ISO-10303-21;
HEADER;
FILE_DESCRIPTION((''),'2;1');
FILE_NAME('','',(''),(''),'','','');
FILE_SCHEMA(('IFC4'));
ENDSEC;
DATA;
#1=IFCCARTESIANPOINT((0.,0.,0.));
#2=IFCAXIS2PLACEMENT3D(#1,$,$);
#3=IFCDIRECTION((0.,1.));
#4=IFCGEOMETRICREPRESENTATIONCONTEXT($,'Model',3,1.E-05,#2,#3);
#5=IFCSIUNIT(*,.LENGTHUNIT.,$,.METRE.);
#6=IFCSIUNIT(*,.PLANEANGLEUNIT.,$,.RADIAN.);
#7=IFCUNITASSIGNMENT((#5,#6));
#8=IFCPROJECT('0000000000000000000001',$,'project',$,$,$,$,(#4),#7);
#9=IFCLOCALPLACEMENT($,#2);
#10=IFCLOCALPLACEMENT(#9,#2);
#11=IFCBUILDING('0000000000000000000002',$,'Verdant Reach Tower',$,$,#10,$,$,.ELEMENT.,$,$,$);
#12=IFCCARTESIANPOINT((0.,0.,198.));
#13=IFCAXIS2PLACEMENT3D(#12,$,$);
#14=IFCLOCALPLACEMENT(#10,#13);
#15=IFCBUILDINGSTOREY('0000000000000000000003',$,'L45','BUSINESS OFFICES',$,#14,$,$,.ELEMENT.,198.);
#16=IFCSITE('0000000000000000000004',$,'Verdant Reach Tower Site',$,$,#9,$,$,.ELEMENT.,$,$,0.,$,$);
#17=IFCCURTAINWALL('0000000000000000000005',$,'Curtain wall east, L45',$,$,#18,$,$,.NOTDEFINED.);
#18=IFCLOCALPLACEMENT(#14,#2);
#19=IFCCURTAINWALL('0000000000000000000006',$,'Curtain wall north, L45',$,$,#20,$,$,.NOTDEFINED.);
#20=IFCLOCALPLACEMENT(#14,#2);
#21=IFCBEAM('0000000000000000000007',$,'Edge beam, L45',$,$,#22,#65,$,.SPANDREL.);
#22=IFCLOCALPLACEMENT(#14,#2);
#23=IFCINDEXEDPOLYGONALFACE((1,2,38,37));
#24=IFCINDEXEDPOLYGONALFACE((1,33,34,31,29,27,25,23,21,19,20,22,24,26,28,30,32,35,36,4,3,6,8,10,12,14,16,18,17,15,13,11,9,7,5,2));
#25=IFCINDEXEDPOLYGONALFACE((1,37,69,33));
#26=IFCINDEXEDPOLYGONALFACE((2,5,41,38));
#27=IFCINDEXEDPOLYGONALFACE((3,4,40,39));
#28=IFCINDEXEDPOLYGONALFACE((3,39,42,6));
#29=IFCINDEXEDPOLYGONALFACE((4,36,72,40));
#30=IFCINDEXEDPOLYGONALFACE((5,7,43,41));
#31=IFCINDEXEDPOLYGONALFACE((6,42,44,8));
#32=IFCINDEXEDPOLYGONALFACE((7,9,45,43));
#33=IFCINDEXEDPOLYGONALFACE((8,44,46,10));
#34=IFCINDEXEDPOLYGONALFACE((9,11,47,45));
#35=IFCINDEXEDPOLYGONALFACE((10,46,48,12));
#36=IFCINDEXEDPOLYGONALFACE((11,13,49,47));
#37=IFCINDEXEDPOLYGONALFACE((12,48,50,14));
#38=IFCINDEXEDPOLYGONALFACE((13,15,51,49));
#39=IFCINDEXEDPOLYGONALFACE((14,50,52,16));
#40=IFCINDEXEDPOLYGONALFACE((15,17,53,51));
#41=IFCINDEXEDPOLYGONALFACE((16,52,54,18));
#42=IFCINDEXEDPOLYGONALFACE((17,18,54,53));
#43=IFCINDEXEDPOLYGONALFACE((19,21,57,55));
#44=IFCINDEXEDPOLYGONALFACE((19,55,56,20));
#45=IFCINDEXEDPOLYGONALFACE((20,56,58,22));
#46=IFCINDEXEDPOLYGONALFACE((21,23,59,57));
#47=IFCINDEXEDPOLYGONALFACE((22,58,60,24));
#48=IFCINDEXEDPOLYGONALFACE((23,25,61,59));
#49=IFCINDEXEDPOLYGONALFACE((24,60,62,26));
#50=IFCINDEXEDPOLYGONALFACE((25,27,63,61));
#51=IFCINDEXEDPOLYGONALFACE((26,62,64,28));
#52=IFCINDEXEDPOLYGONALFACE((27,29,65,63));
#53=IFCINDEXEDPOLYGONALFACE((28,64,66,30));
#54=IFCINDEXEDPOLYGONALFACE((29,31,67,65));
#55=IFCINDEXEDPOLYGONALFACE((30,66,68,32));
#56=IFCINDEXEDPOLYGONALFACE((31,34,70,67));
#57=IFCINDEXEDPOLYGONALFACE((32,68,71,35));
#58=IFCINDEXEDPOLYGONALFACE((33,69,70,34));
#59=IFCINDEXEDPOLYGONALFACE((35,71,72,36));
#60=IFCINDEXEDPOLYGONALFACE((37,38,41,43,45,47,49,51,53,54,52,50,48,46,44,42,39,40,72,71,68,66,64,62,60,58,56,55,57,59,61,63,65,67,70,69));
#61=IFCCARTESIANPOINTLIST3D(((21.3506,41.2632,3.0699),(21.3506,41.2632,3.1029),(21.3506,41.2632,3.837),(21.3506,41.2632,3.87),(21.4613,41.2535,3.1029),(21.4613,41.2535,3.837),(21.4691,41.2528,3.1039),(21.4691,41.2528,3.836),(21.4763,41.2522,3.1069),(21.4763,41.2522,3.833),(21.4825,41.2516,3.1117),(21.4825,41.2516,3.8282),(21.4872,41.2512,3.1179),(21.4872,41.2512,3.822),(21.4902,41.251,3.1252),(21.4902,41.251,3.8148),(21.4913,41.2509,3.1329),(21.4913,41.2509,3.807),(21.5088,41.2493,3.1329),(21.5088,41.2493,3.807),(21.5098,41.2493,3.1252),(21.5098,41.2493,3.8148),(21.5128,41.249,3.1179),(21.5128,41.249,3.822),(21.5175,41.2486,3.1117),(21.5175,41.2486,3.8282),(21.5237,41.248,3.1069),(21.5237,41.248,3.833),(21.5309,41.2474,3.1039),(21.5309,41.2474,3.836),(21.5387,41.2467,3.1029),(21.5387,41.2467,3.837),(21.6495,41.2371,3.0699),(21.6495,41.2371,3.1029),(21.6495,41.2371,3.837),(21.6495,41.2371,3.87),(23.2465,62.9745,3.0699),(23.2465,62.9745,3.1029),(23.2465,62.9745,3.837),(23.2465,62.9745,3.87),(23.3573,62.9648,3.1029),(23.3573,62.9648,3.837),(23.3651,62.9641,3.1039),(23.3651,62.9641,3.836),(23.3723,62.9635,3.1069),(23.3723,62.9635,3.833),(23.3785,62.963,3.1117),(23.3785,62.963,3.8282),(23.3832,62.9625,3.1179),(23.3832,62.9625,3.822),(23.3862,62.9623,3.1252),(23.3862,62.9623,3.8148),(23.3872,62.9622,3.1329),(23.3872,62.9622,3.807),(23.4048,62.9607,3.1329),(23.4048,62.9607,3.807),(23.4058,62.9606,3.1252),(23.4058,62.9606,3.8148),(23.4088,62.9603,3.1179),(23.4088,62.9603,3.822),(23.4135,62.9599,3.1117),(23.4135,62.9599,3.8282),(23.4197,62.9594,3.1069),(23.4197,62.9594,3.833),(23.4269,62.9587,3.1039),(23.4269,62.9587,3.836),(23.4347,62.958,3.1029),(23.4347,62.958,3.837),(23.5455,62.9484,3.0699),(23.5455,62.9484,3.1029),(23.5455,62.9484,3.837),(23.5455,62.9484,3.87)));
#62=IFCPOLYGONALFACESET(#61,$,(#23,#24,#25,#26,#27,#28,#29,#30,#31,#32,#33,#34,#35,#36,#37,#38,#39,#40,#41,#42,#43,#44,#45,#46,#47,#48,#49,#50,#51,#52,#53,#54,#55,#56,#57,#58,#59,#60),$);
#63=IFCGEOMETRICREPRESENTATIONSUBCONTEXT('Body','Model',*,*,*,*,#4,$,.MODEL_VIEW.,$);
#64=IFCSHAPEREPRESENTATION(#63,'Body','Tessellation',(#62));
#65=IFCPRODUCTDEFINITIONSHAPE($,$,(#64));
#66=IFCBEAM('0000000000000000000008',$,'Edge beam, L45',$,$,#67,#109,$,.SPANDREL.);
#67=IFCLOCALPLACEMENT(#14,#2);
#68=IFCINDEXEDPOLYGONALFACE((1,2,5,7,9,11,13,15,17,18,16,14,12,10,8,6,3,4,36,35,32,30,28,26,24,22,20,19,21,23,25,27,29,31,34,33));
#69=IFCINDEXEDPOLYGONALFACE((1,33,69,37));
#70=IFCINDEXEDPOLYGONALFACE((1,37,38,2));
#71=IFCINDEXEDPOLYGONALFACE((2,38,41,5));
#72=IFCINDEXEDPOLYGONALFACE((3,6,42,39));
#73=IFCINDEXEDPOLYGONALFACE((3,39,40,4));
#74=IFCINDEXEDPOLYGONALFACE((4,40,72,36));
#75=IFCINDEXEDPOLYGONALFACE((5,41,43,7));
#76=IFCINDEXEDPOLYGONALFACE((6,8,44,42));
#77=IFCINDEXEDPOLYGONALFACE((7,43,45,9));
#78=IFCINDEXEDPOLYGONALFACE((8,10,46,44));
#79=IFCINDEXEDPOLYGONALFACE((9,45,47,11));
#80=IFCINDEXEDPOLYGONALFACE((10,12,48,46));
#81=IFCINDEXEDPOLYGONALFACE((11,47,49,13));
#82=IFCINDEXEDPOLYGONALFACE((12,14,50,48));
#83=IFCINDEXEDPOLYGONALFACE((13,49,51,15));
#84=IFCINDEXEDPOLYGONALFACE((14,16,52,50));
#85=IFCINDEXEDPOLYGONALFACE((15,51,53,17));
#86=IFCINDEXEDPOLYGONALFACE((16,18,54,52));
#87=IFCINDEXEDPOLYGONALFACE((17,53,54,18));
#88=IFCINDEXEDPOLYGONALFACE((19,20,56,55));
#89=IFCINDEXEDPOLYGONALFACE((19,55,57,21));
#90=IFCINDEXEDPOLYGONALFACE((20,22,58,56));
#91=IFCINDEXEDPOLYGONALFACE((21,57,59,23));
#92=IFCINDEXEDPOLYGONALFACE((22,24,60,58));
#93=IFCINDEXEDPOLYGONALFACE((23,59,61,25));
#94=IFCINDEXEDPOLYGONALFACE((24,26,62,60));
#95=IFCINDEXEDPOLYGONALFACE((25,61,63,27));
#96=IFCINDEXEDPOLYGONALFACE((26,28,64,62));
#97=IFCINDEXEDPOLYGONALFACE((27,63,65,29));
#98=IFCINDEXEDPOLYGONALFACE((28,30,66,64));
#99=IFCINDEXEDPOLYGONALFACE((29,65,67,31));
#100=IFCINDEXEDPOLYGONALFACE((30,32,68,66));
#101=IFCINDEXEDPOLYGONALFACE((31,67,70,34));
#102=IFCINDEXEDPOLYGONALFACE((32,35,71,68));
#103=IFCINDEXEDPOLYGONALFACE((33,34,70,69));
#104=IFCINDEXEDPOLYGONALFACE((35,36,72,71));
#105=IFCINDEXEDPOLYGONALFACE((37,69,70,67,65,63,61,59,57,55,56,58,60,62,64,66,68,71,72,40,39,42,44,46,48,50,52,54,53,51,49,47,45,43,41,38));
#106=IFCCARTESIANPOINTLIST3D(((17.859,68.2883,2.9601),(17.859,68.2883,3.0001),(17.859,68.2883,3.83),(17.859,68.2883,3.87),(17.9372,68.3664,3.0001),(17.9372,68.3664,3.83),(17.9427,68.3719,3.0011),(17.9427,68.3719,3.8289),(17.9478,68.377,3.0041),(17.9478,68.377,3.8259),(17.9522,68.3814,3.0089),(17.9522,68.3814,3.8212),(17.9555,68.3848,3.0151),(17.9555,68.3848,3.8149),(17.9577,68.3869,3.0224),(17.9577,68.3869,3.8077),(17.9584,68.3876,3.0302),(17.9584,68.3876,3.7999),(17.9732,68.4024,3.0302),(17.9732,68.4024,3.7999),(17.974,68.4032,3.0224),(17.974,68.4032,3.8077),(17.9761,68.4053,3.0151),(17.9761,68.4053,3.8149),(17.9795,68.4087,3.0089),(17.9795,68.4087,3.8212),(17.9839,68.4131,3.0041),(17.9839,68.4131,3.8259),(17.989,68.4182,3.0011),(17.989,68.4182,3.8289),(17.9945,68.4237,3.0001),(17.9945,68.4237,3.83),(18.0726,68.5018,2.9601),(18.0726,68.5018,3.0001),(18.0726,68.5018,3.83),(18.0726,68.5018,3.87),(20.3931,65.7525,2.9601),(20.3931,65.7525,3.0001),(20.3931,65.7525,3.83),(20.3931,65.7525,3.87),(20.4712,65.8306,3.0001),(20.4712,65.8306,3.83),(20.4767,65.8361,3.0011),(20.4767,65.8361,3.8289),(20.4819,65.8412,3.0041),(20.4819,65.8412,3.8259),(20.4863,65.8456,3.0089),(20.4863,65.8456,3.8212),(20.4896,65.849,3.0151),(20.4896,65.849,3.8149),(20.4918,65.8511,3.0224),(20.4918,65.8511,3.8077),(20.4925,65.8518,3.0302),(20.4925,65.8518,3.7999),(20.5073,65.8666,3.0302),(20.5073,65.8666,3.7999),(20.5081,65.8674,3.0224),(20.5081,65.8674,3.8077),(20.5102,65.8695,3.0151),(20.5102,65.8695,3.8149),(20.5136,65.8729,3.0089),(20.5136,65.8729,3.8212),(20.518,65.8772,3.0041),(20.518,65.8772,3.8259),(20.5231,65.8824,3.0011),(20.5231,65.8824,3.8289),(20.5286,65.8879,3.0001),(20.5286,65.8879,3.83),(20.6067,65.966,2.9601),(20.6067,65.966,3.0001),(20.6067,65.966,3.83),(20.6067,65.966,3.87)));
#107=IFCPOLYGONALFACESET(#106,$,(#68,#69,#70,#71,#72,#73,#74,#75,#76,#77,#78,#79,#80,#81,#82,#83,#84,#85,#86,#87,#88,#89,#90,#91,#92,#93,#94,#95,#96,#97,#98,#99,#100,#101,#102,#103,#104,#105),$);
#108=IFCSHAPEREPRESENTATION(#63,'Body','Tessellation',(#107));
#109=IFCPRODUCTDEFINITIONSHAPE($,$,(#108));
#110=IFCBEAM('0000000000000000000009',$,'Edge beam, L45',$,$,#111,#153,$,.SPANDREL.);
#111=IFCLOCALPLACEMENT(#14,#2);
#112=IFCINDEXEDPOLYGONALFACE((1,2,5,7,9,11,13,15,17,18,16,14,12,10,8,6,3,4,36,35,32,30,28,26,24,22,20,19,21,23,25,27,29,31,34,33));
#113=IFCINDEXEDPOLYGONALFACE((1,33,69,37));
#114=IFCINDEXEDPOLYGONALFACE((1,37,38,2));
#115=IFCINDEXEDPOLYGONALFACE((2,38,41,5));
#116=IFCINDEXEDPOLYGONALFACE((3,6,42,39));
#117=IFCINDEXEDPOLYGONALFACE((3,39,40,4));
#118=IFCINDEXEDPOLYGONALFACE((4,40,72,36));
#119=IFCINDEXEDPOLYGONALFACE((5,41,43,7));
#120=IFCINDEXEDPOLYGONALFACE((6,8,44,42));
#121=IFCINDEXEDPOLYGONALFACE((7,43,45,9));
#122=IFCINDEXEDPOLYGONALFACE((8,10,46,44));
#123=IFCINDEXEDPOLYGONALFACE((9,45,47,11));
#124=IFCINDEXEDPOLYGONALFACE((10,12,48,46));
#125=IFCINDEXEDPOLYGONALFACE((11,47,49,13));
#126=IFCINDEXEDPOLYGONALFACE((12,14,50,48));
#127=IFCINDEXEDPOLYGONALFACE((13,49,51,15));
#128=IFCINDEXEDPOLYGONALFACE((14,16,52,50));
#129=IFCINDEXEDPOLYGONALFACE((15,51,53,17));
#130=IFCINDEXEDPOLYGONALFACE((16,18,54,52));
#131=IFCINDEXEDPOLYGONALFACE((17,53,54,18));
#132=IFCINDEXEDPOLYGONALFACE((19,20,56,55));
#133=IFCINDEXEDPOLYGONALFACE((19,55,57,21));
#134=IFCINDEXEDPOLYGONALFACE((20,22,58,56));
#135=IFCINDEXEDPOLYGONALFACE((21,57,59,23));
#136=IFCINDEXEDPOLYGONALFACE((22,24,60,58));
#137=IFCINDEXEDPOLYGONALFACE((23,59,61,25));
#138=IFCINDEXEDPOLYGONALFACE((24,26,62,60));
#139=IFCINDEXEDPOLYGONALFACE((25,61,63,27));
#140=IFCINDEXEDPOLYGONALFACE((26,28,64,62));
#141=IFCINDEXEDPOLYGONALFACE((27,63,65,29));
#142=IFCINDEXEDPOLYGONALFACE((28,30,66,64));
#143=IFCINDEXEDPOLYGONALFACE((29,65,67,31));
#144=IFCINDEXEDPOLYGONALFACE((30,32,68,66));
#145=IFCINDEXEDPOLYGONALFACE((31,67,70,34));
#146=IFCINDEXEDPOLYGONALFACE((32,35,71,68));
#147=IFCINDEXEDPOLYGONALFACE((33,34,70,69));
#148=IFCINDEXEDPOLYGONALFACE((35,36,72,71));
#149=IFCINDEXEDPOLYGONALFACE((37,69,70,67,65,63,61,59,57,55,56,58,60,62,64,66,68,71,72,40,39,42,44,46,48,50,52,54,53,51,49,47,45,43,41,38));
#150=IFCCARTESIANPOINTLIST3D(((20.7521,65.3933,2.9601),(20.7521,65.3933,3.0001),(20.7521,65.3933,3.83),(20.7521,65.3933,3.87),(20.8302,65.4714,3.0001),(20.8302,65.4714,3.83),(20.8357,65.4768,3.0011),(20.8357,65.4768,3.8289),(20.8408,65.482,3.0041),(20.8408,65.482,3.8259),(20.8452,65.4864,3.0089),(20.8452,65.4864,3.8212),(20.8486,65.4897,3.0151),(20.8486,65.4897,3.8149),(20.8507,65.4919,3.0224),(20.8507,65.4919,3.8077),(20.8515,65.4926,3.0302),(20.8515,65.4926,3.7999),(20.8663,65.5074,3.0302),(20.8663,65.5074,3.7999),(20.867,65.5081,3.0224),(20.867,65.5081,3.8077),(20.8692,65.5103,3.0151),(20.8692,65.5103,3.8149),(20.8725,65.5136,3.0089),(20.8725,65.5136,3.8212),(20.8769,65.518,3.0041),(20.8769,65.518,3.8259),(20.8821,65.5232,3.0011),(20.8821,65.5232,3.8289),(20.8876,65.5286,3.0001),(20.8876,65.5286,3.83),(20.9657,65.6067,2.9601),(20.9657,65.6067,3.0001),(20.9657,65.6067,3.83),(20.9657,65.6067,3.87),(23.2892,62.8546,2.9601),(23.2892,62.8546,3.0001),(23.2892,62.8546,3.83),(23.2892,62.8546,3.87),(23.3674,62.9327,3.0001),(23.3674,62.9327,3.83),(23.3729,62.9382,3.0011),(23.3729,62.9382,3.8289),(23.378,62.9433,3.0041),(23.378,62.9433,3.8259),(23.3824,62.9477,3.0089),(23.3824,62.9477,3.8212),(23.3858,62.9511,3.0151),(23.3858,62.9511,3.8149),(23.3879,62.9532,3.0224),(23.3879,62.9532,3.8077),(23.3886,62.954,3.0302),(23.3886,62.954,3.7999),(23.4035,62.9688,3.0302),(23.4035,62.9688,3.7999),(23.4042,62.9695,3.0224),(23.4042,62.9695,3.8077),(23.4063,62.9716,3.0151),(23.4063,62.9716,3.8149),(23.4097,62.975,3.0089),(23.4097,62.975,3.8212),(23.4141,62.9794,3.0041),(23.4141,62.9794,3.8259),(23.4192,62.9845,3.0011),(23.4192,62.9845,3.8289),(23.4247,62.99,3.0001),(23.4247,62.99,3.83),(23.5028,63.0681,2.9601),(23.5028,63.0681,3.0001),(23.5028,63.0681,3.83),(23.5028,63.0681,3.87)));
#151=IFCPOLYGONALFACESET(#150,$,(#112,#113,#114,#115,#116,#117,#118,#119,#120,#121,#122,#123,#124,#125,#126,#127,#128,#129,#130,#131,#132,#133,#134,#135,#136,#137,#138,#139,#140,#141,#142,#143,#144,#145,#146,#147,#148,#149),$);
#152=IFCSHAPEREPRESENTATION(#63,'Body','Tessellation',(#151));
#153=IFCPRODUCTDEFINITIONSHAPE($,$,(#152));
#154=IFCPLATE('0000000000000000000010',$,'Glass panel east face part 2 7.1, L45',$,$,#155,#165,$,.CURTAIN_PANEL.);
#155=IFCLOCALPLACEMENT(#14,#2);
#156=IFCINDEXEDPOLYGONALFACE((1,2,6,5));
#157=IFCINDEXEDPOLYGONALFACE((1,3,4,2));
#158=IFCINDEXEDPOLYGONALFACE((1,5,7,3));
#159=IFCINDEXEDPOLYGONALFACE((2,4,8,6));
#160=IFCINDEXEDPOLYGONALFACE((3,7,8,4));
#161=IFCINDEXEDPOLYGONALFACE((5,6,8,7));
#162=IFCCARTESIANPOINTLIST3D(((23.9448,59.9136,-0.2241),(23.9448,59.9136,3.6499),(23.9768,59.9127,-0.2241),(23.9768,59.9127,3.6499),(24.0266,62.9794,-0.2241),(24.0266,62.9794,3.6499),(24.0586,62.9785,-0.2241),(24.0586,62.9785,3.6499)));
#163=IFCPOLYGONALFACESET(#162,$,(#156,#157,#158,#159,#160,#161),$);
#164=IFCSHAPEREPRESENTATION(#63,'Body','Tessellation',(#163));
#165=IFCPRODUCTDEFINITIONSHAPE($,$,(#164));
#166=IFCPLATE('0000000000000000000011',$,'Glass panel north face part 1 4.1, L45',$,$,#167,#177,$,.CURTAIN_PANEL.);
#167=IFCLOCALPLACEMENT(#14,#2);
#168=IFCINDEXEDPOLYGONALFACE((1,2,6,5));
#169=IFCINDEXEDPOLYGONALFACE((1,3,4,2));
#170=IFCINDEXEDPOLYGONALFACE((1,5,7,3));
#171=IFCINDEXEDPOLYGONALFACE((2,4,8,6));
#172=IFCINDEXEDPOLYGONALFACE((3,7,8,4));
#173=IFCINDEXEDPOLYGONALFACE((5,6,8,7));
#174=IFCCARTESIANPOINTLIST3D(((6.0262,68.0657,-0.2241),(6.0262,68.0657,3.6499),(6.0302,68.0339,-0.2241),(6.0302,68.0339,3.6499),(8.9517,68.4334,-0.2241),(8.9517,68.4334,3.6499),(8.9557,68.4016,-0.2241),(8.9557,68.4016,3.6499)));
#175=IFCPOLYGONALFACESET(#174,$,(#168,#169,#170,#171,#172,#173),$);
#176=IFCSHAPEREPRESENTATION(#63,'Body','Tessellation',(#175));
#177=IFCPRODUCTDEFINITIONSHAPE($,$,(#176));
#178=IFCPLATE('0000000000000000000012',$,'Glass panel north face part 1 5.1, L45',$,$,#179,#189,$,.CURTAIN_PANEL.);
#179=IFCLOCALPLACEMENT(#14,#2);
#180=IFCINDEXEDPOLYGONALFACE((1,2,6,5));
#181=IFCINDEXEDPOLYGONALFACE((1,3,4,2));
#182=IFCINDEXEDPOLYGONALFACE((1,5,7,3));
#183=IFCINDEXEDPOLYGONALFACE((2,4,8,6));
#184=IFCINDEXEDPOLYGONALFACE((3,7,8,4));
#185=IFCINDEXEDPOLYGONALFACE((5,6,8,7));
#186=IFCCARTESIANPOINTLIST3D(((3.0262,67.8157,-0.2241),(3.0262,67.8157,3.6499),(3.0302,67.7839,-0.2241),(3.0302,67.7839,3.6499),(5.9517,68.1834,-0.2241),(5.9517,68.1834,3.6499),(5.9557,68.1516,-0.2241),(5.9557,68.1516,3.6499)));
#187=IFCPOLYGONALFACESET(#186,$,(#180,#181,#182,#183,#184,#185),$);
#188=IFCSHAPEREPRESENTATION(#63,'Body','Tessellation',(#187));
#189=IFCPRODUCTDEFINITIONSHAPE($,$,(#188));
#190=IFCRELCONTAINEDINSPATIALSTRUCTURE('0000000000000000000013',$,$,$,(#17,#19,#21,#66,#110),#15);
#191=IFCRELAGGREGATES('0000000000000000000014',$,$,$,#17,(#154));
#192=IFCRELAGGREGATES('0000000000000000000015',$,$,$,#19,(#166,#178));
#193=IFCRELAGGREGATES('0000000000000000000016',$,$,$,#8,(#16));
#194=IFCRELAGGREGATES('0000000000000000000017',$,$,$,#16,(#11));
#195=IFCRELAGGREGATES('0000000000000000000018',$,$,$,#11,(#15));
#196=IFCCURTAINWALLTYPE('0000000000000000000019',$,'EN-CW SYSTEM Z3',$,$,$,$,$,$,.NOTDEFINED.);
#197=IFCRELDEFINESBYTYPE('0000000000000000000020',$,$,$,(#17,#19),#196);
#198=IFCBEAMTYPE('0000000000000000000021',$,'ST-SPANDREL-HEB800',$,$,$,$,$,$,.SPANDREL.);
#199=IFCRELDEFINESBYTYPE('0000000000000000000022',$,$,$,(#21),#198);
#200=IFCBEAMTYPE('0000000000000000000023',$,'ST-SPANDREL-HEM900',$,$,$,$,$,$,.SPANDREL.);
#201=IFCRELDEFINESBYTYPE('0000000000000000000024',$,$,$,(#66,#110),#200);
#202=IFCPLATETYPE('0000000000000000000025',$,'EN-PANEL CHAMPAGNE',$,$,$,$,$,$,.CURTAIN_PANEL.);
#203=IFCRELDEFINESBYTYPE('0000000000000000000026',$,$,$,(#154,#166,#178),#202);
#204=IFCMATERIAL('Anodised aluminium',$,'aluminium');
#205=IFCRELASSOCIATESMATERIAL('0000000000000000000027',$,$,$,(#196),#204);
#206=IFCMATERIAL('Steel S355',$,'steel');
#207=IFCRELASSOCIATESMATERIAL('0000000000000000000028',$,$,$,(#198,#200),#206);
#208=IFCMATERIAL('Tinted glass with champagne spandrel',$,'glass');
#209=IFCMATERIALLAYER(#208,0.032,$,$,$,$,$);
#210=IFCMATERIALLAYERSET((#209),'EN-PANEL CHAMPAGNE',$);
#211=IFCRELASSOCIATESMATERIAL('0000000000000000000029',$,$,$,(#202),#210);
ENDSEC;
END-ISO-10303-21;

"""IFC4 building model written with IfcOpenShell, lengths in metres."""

from ifc_helpers import new_model, si_unit, direction, frame, origin, origin_2d, place, context, subcontext, project, spatial, rectangle, i_section, extrude, material, layer, layer_set, material_profile, profile_set, type_object, element, aggregate, save


model = new_model("IFC4")

# Units and contexts
model_context = context("Model", 3, precision=1e-05, world=origin(), true_north=direction((0.0, 1.0)))
body_context = subcontext(model_context, "Body", "Model", "MODEL_VIEW")
ifc_project = project(units=[si_unit("LENGTHUNIT", "METRE"), si_unit("PLANEANGLEUNIT", "RADIAN")], contexts=[model_context])

# Site, building, storey
site_placement = place(None, origin())
site = spatial("IfcSite", under=ifc_project, at=site_placement, Name="Verdant Reach Tower Site", CompositionType="ELEMENT", RefElevation=0.0)
building_placement = place(site_placement, origin())
building = spatial("IfcBuilding", under=site, at=building_placement, Name="Verdant Reach Tower", CompositionType="ELEMENT")
storey_placement = place(building_placement, frame((0.0, 0.0, 198.0)))
storey = spatial("IfcBuildingStorey", under=building, at=storey_placement, Name="L45", Description="BUSINESS OFFICES", CompositionType="ELEMENT", Elevation=198.0)

# Curtain walls
ifc_material_1 = material(Name="Anodised aluminium", Category="aluminium")
curtain_wall_type = type_object("IfcCurtainWallType", Name="EN-CW SYSTEM Z3", PredefinedType="NOTDEFINED", material=ifc_material_1)
curtain_wall_1_placement = place(storey_placement, origin())
curtain_wall_1 = element("IfcCurtainWall", 1, at=curtain_wall_1_placement, inside=storey, type_object=curtain_wall_type, Name="Curtain wall east, L45", PredefinedType="NOTDEFINED")
curtain_wall_2_placement = place(storey_placement, origin())
curtain_wall_2 = element("IfcCurtainWall", 2, at=curtain_wall_2_placement, inside=storey, type_object=curtain_wall_type, Name="Curtain wall north, L45", PredefinedType="NOTDEFINED")

# Beams
ifc_material_2 = material(Name="Steel S355", Category="steel")
ifc_material_profile_1 = material_profile(ifc_material_2, i_section(OverallWidth=0.3, OverallDepth=0.8, WebThickness=0.0176, FlangeThickness=0.033, FilletRadius=0.03, at=origin_2d()), Name="HEB 800")
ifc_profile_set_1 = profile_set([ifc_material_profile_1], Name="Steel S355")
beam_type_1 = type_object("IfcBeamType", Name="ST-SPANDREL-HEB800", PredefinedType="SPANDREL", material=ifc_profile_set_1)
beam_1_placement = place(storey_placement, frame((23.396, 62.9614, 3.47), z_axis=(-0.086996, -0.996209, 0.0), x_axis=(0.996209, -0.086996, 0.0)))
element("IfcBeam", 3, at=beam_1_placement, inside=storey, type_object=beam_type_1, Name="Edge beam, L45", PredefinedType="SPANDREL", context=body_context, shape_type="SweptSolid", body=[
    extrude(i_section(OverallWidth=0.3, OverallDepth=0.8, WebThickness=0.0176, FlangeThickness=0.033, FilletRadius=0.03, at=origin_2d()), origin(), (0.0, 0.0, 1.0), 21.7939),
])
ifc_material_profile_2 = material_profile(ifc_material_2, i_section(OverallWidth=0.302, OverallDepth=0.9099, WebThickness=0.021, FlangeThickness=0.04, FilletRadius=0.03, at=origin_2d()), Name="HEM 900")
ifc_profile_set_2 = profile_set([ifc_material_profile_2], Name="Steel S355")
beam_type_2 = type_object("IfcBeamType", Name="ST-SPANDREL-HEM900", PredefinedType="SPANDREL", material=ifc_profile_set_2)
beam_2_placement = place(storey_placement, frame((17.9658, 68.395, 3.415), z_axis=(0.706868, -0.707345, 0.0), x_axis=(0.707345, 0.706868, 0.0)))
element("IfcBeam", 4, at=beam_2_placement, inside=storey, type_object=beam_type_2, Name="Edge beam, L45", PredefinedType="SPANDREL", context=body_context, shape_type="SweptSolid", body=[
    extrude(i_section(OverallWidth=0.302, OverallDepth=0.9099, WebThickness=0.021, FlangeThickness=0.04, FilletRadius=0.03, at=origin_2d()), origin(), (0.0, 0.0, 1.0), 3.585),
])
beam_3_placement = place(storey_placement, frame((20.8589, 65.5, 3.415), z_axis=(0.706903, -0.707311, 0.0), x_axis=(0.707311, 0.706903, 0.0)))
element("IfcBeam", 5, at=beam_3_placement, inside=storey, type_object=beam_type_2, Name="Edge beam, L45", PredefinedType="SPANDREL", context=body_context, shape_type="SweptSolid", body=[
    extrude(i_section(OverallWidth=0.302, OverallDepth=0.9099, WebThickness=0.021, FlangeThickness=0.04, FilletRadius=0.03, at=origin_2d()), origin(), (0.0, 0.0, 1.0), 3.5891),
])

# Plates
ifc_material_3 = material(Name="Tinted glass with champagne spandrel", Category="glass")
ifc_layer_1 = layer(ifc_material_3, 0.032)
ifc_layer_set_1 = layer_set([ifc_layer_1], Name="EN-PANEL CHAMPAGNE")
plate_type_1 = type_object("IfcPlateType", Name="EN-PANEL CHAMPAGNE", PredefinedType="CURTAIN_PANEL", material=ifc_layer_set_1)
plate_1_placement = place(storey_placement, frame((24.0017, 61.446, -0.2241), z_axis=(0.0, 0.0, 1.0), x_axis=(0.02666, 0.999645, 0.0)))
plate_1 = element("IfcPlate", 6, at=plate_1_placement, type_object=plate_type_1, Name="Glass panel east face part 2 7.1, L45", PredefinedType="CURTAIN_PANEL", context=body_context, shape_type="SweptSolid", body=[
    extrude(rectangle(XDim=3.0669, YDim=0.032, at=origin_2d()), origin(), (0.0, 0.0, 1.0), 3.874),
])
plate_2_placement = place(storey_placement, frame((7.491, 68.2336, -0.2241), z_axis=(0.0, 0.0, 1.0), x_axis=(-0.992194, -0.124704, 0.0)))
plate_2 = element("IfcPlate", 7, at=plate_2_placement, type_object=plate_type_1, Name="Glass panel north face part 1 4.1, L45", PredefinedType="CURTAIN_PANEL", context=body_context, shape_type="SweptSolid", body=[
    extrude(rectangle(XDim=2.9485, YDim=0.032, at=origin_2d()), origin(), (0.0, 0.0, 1.0), 3.874),
])
plate_3_placement = place(storey_placement, frame((4.491, 67.9836, -0.2241), z_axis=(0.0, 0.0, 1.0), x_axis=(-0.992194, -0.124704, 0.0)))
plate_3 = element("IfcPlate", 8, at=plate_3_placement, type_object=plate_type_1, Name="Glass panel north face part 1 5.1, L45", PredefinedType="CURTAIN_PANEL", context=body_context, shape_type="SweptSolid", body=[
    extrude(rectangle(XDim=2.9485, YDim=0.032, at=origin_2d()), origin(), (0.0, 0.0, 1.0), 3.874),
])

aggregate(curtain_wall_1, [plate_1])
aggregate(curtain_wall_2, [plate_2, plate_3])

save(model, "model.ifc")
